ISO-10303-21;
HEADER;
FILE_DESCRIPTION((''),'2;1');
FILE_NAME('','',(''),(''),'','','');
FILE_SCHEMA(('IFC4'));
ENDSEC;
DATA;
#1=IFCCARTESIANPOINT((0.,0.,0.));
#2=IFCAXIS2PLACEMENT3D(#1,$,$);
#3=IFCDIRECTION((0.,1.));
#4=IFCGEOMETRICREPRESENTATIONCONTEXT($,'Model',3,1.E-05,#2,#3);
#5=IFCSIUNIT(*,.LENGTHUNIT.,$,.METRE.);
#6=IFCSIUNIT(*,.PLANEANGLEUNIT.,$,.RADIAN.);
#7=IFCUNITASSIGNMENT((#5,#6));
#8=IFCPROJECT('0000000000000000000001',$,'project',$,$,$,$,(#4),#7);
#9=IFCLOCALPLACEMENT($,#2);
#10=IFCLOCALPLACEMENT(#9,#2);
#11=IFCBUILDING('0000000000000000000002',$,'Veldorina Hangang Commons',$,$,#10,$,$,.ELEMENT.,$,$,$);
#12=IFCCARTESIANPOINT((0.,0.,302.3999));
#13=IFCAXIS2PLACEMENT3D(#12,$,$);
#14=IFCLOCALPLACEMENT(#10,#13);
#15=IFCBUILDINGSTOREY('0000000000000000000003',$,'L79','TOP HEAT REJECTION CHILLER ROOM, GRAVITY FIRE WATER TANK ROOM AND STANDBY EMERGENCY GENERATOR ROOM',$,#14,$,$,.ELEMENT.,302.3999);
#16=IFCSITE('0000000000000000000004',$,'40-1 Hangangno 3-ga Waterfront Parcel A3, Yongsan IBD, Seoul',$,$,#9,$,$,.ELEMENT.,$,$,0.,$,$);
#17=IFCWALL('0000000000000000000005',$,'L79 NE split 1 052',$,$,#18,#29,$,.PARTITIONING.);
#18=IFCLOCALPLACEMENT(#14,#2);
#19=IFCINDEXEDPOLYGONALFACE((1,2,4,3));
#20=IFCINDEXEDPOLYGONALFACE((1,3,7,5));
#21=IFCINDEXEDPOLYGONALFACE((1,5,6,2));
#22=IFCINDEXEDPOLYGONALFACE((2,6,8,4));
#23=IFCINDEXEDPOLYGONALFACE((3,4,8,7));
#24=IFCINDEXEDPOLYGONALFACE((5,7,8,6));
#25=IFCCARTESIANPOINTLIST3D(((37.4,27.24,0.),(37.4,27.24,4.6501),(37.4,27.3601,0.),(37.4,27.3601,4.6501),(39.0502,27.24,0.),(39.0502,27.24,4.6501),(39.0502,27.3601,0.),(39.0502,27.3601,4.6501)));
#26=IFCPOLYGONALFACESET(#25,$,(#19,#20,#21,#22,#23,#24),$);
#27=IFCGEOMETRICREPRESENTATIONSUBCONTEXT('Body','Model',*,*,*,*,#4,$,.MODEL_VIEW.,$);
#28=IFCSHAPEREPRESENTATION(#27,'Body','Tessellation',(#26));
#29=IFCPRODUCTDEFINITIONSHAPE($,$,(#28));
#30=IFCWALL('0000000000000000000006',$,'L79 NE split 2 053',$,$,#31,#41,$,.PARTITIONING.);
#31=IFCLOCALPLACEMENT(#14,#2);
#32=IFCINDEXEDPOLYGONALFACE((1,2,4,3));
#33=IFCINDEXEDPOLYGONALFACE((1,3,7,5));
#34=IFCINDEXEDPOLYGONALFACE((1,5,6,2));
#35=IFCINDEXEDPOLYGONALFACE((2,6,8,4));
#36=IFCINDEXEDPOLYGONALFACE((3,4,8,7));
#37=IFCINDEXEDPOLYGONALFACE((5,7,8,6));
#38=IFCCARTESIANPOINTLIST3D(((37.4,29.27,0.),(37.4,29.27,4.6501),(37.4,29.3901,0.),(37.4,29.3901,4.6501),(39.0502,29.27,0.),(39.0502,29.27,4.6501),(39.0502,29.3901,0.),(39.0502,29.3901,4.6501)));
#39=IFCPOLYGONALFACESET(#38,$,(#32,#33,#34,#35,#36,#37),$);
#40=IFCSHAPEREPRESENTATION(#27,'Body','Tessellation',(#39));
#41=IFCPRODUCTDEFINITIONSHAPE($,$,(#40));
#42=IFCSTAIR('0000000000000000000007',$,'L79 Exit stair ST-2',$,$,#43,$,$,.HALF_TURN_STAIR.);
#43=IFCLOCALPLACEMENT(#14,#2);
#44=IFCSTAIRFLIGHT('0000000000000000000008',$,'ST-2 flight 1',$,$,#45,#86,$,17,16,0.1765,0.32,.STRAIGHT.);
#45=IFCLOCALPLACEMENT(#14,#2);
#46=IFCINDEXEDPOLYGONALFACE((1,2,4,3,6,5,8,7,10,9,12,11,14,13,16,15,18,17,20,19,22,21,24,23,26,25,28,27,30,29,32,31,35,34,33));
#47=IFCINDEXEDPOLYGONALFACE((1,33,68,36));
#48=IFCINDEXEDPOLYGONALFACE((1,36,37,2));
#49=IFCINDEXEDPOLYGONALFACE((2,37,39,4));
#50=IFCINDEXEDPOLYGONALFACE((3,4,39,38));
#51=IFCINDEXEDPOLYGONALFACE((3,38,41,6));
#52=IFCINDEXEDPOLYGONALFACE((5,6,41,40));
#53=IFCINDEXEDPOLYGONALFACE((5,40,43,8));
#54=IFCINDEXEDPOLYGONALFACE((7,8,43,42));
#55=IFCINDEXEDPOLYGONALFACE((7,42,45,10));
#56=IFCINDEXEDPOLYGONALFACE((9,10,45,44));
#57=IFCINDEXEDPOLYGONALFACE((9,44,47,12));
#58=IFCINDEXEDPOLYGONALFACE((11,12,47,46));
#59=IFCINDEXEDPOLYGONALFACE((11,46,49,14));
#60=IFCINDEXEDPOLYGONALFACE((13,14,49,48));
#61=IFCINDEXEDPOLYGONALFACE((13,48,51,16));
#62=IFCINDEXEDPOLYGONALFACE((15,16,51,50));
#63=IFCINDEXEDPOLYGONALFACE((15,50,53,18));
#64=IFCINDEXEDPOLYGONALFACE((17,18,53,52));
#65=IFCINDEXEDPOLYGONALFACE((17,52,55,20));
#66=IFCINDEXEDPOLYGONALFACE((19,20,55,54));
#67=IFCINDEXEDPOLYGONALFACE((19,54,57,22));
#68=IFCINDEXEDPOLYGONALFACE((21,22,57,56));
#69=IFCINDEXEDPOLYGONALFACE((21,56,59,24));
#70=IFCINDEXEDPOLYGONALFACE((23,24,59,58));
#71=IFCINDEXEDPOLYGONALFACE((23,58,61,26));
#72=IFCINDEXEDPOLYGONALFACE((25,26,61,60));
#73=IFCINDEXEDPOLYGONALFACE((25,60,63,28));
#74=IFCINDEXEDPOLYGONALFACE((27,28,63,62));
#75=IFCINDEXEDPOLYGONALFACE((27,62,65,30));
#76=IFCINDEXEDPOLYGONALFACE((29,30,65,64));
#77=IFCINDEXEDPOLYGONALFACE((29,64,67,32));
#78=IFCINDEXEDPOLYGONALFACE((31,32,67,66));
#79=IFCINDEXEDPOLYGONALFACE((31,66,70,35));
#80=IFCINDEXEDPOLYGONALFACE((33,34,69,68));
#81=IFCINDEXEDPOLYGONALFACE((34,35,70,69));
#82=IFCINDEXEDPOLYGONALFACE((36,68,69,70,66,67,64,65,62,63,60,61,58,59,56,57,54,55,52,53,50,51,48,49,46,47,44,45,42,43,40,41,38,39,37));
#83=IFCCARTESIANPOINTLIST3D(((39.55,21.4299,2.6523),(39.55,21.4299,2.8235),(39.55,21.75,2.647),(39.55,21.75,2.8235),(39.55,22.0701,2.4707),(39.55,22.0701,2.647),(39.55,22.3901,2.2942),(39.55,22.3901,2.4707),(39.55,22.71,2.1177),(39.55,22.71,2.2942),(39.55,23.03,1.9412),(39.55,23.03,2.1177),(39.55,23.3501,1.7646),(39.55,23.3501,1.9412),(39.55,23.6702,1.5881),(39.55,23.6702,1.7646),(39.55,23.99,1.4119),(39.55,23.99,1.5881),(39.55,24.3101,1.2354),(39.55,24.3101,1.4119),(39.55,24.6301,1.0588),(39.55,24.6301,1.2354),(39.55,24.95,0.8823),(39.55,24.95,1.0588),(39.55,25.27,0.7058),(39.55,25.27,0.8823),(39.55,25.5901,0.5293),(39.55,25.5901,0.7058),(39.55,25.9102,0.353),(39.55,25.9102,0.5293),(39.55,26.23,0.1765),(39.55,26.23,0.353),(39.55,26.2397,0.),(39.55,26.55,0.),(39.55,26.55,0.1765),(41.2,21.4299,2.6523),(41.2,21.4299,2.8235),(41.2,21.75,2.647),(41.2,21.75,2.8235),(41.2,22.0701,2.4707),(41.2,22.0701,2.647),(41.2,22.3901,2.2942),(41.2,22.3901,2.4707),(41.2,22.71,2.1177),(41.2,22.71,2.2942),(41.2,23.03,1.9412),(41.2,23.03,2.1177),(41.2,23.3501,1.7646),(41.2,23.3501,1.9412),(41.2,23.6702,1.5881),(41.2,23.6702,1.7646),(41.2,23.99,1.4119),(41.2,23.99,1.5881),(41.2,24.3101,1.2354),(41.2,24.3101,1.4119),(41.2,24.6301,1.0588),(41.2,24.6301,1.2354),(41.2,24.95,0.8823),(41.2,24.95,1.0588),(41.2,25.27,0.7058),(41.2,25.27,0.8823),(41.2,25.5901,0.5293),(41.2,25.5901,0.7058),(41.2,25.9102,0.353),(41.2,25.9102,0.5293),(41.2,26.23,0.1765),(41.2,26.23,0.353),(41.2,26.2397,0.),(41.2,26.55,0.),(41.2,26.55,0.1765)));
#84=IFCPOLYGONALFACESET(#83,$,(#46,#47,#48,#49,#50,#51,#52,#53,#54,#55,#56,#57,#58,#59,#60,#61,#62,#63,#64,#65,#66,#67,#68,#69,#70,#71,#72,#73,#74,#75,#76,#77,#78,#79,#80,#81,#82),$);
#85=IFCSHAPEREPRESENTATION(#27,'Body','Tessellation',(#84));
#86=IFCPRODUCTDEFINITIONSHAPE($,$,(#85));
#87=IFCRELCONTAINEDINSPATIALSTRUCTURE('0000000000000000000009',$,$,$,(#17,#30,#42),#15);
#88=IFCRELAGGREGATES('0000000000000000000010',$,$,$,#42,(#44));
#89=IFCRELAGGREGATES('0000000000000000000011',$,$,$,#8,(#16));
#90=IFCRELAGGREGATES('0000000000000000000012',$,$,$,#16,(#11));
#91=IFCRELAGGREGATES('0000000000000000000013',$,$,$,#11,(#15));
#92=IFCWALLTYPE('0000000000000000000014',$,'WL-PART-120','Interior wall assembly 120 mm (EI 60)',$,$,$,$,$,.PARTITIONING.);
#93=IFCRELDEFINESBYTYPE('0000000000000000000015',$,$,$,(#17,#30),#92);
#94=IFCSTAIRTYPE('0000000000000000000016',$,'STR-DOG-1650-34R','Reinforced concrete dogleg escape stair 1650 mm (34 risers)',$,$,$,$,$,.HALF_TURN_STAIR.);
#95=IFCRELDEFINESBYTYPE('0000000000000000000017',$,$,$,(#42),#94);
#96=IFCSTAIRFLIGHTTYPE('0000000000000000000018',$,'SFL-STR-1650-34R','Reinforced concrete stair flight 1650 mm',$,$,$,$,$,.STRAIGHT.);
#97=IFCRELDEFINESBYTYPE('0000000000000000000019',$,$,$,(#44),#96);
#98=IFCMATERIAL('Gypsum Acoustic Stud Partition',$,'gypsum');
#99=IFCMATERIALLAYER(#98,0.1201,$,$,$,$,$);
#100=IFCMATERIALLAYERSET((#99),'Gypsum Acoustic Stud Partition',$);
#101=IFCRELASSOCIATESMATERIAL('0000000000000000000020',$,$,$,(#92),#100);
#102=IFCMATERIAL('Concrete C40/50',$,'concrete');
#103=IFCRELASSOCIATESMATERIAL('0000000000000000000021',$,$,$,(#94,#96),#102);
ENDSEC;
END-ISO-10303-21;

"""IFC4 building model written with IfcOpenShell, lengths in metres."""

from ifc_helpers import new_model, si_unit, direction, frame, frame_2d, origin, place, context, subcontext, project, spatial, polyline, rectangle, outline, extrude, material, layer, layer_set, type_object, element, aggregate, save


model = new_model("IFC4")

# Units and contexts
model_context = context("Model", 3, precision=1e-05, world=origin(), true_north=direction((0.0, 1.0)))
body_context = subcontext(model_context, "Body", "Model", "MODEL_VIEW")
ifc_project = project(units=[si_unit("LENGTHUNIT", "METRE"), si_unit("PLANEANGLEUNIT", "RADIAN")], contexts=[model_context])

# Site, building, storey
site_placement = place(None, origin())
site = spatial("IfcSite", under=ifc_project, at=site_placement, Name="40-1 Hangangno 3-ga Waterfront Parcel A3, Yongsan IBD, Seoul", CompositionType="ELEMENT", RefElevation=0.0)
building_placement = place(site_placement, origin())
building = spatial("IfcBuilding", under=site, at=building_placement, Name="Veldorina Hangang Commons", CompositionType="ELEMENT")
storey_placement = place(building_placement, frame((0.0, 0.0, 302.3999)))
storey = spatial("IfcBuildingStorey", under=building, at=storey_placement, Name="L79", Description="TOP HEAT REJECTION CHILLER ROOM, GRAVITY FIRE WATER TANK ROOM AND STANDBY EMERGENCY GENERATOR ROOM", CompositionType="ELEMENT", Elevation=302.3999)

# Shared definitions
ifc_material_1 = material(Name="Gypsum Acoustic Stud Partition", Category="gypsum")
ifc_layer_1 = layer(ifc_material_1, 0.1201)
ifc_layer_set_1 = layer_set([ifc_layer_1], Name="Gypsum Acoustic Stud Partition")
wall_type_1 = type_object("IfcWallType", Name="WL-PART-120", Description="Interior wall assembly 120 mm (EI 60)", PredefinedType="PARTITIONING", material=ifc_layer_set_1)

# Walls
for number, where, z_axis, x_axis, name in (
    (1, (37.3999, 27.3, 0.0), (0.0, 0.0, 1.0), (1.0, 0.0, 0.0), "L79 NE split 1 052"),
    (2, (37.3999, 29.3301, 0.0), (0.0, 0.0, 1.0), (1.0, 0.0, 0.0), "L79 NE split 2 053"),
):
    element("IfcWall", number, at=place(storey_placement, frame(where, z_axis=z_axis, x_axis=x_axis)), inside=storey, type_object=wall_type_1, Name=name, PredefinedType="PARTITIONING", context=body_context, shape_type="SweptSolid", body=[
        extrude(rectangle(XDim=1.6501, YDim=0.1201, at=frame_2d((0.8252, 0.0))), origin(), (0.0, 0.0, 1.0), 4.6501),
    ])

# Stair, stair flight
ifc_material_2 = material(Name="Concrete C40/50", Category="concrete")
stair_type = type_object("IfcStairType", Name="STR-DOG-1650-34R", Description="Reinforced concrete dogleg escape stair 1650 mm (34 risers)", PredefinedType="HALF_TURN_STAIR", material=ifc_material_2)
stair_placement = place(storey_placement, origin())
stair = element("IfcStair", 3, at=stair_placement, inside=storey, type_object=stair_type, Name="L79 Exit stair ST-2", PredefinedType="HALF_TURN_STAIR")
stair_flight_type = type_object("IfcStairFlightType", Name="SFL-STR-1650-34R", Description="Reinforced concrete stair flight 1650 mm", PredefinedType="STRAIGHT", material=ifc_material_2)
stair_flight_placement = place(storey_placement, frame((40.375, 26.55, 0.0), z_axis=(0.0, 0.0, 1.0), x_axis=(0.0, -1.0, 0.0)))
stair_flight = element("IfcStairFlight", 4, at=stair_flight_placement, type_object=stair_flight_type, Name="ST-2 flight 1", NumberOfRisers=17, NumberOfTreads=16, PredefinedType="STRAIGHT", RiserHeight=0.1765, TreadLength=0.32, context=body_context, shape_type="SweptSolid", body=[
    extrude(outline(polyline([(0.0, 0.0), (0.0, 0.1765), (0.3201, 0.1765), (0.3201, 0.353), (0.6399, 0.353), (0.6399, 0.5293), (0.96, 0.5293), (0.96, 0.7058), (1.28, 0.7058), (1.28, 0.8823), (1.6001, 0.8823), (1.6001, 1.0588), (1.9199, 1.0588), (1.9199, 1.2354), (2.24, 1.2354), (2.24, 1.4119), (2.5601, 1.4119), (2.5601, 1.5881), (2.8799, 1.5881), (2.8799, 1.7646), (3.2, 1.7646), (3.2, 1.9412), (3.52, 1.9412), (3.52, 2.1177), (3.8401, 2.1177), (3.8401, 2.2942), (4.1599, 2.2942), (4.1599, 2.4707), (4.48, 2.4707), (4.48, 2.647), (4.8, 2.647), (4.8, 2.8235), (5.1201, 2.8235), (5.1201, 3.0), (5.1201, 2.6523), (0.3103, 0.0), (0.0, 0.0)])), frame((0.0, 0.825, 0.0), z_axis=(0.0, -1.0, 0.0), x_axis=(1.0, 0.0, 0.0)), (0.0, 0.0, 1.0), 1.6499),
])
aggregate(stair, [stair_flight])

save(model, "model.ifc")
